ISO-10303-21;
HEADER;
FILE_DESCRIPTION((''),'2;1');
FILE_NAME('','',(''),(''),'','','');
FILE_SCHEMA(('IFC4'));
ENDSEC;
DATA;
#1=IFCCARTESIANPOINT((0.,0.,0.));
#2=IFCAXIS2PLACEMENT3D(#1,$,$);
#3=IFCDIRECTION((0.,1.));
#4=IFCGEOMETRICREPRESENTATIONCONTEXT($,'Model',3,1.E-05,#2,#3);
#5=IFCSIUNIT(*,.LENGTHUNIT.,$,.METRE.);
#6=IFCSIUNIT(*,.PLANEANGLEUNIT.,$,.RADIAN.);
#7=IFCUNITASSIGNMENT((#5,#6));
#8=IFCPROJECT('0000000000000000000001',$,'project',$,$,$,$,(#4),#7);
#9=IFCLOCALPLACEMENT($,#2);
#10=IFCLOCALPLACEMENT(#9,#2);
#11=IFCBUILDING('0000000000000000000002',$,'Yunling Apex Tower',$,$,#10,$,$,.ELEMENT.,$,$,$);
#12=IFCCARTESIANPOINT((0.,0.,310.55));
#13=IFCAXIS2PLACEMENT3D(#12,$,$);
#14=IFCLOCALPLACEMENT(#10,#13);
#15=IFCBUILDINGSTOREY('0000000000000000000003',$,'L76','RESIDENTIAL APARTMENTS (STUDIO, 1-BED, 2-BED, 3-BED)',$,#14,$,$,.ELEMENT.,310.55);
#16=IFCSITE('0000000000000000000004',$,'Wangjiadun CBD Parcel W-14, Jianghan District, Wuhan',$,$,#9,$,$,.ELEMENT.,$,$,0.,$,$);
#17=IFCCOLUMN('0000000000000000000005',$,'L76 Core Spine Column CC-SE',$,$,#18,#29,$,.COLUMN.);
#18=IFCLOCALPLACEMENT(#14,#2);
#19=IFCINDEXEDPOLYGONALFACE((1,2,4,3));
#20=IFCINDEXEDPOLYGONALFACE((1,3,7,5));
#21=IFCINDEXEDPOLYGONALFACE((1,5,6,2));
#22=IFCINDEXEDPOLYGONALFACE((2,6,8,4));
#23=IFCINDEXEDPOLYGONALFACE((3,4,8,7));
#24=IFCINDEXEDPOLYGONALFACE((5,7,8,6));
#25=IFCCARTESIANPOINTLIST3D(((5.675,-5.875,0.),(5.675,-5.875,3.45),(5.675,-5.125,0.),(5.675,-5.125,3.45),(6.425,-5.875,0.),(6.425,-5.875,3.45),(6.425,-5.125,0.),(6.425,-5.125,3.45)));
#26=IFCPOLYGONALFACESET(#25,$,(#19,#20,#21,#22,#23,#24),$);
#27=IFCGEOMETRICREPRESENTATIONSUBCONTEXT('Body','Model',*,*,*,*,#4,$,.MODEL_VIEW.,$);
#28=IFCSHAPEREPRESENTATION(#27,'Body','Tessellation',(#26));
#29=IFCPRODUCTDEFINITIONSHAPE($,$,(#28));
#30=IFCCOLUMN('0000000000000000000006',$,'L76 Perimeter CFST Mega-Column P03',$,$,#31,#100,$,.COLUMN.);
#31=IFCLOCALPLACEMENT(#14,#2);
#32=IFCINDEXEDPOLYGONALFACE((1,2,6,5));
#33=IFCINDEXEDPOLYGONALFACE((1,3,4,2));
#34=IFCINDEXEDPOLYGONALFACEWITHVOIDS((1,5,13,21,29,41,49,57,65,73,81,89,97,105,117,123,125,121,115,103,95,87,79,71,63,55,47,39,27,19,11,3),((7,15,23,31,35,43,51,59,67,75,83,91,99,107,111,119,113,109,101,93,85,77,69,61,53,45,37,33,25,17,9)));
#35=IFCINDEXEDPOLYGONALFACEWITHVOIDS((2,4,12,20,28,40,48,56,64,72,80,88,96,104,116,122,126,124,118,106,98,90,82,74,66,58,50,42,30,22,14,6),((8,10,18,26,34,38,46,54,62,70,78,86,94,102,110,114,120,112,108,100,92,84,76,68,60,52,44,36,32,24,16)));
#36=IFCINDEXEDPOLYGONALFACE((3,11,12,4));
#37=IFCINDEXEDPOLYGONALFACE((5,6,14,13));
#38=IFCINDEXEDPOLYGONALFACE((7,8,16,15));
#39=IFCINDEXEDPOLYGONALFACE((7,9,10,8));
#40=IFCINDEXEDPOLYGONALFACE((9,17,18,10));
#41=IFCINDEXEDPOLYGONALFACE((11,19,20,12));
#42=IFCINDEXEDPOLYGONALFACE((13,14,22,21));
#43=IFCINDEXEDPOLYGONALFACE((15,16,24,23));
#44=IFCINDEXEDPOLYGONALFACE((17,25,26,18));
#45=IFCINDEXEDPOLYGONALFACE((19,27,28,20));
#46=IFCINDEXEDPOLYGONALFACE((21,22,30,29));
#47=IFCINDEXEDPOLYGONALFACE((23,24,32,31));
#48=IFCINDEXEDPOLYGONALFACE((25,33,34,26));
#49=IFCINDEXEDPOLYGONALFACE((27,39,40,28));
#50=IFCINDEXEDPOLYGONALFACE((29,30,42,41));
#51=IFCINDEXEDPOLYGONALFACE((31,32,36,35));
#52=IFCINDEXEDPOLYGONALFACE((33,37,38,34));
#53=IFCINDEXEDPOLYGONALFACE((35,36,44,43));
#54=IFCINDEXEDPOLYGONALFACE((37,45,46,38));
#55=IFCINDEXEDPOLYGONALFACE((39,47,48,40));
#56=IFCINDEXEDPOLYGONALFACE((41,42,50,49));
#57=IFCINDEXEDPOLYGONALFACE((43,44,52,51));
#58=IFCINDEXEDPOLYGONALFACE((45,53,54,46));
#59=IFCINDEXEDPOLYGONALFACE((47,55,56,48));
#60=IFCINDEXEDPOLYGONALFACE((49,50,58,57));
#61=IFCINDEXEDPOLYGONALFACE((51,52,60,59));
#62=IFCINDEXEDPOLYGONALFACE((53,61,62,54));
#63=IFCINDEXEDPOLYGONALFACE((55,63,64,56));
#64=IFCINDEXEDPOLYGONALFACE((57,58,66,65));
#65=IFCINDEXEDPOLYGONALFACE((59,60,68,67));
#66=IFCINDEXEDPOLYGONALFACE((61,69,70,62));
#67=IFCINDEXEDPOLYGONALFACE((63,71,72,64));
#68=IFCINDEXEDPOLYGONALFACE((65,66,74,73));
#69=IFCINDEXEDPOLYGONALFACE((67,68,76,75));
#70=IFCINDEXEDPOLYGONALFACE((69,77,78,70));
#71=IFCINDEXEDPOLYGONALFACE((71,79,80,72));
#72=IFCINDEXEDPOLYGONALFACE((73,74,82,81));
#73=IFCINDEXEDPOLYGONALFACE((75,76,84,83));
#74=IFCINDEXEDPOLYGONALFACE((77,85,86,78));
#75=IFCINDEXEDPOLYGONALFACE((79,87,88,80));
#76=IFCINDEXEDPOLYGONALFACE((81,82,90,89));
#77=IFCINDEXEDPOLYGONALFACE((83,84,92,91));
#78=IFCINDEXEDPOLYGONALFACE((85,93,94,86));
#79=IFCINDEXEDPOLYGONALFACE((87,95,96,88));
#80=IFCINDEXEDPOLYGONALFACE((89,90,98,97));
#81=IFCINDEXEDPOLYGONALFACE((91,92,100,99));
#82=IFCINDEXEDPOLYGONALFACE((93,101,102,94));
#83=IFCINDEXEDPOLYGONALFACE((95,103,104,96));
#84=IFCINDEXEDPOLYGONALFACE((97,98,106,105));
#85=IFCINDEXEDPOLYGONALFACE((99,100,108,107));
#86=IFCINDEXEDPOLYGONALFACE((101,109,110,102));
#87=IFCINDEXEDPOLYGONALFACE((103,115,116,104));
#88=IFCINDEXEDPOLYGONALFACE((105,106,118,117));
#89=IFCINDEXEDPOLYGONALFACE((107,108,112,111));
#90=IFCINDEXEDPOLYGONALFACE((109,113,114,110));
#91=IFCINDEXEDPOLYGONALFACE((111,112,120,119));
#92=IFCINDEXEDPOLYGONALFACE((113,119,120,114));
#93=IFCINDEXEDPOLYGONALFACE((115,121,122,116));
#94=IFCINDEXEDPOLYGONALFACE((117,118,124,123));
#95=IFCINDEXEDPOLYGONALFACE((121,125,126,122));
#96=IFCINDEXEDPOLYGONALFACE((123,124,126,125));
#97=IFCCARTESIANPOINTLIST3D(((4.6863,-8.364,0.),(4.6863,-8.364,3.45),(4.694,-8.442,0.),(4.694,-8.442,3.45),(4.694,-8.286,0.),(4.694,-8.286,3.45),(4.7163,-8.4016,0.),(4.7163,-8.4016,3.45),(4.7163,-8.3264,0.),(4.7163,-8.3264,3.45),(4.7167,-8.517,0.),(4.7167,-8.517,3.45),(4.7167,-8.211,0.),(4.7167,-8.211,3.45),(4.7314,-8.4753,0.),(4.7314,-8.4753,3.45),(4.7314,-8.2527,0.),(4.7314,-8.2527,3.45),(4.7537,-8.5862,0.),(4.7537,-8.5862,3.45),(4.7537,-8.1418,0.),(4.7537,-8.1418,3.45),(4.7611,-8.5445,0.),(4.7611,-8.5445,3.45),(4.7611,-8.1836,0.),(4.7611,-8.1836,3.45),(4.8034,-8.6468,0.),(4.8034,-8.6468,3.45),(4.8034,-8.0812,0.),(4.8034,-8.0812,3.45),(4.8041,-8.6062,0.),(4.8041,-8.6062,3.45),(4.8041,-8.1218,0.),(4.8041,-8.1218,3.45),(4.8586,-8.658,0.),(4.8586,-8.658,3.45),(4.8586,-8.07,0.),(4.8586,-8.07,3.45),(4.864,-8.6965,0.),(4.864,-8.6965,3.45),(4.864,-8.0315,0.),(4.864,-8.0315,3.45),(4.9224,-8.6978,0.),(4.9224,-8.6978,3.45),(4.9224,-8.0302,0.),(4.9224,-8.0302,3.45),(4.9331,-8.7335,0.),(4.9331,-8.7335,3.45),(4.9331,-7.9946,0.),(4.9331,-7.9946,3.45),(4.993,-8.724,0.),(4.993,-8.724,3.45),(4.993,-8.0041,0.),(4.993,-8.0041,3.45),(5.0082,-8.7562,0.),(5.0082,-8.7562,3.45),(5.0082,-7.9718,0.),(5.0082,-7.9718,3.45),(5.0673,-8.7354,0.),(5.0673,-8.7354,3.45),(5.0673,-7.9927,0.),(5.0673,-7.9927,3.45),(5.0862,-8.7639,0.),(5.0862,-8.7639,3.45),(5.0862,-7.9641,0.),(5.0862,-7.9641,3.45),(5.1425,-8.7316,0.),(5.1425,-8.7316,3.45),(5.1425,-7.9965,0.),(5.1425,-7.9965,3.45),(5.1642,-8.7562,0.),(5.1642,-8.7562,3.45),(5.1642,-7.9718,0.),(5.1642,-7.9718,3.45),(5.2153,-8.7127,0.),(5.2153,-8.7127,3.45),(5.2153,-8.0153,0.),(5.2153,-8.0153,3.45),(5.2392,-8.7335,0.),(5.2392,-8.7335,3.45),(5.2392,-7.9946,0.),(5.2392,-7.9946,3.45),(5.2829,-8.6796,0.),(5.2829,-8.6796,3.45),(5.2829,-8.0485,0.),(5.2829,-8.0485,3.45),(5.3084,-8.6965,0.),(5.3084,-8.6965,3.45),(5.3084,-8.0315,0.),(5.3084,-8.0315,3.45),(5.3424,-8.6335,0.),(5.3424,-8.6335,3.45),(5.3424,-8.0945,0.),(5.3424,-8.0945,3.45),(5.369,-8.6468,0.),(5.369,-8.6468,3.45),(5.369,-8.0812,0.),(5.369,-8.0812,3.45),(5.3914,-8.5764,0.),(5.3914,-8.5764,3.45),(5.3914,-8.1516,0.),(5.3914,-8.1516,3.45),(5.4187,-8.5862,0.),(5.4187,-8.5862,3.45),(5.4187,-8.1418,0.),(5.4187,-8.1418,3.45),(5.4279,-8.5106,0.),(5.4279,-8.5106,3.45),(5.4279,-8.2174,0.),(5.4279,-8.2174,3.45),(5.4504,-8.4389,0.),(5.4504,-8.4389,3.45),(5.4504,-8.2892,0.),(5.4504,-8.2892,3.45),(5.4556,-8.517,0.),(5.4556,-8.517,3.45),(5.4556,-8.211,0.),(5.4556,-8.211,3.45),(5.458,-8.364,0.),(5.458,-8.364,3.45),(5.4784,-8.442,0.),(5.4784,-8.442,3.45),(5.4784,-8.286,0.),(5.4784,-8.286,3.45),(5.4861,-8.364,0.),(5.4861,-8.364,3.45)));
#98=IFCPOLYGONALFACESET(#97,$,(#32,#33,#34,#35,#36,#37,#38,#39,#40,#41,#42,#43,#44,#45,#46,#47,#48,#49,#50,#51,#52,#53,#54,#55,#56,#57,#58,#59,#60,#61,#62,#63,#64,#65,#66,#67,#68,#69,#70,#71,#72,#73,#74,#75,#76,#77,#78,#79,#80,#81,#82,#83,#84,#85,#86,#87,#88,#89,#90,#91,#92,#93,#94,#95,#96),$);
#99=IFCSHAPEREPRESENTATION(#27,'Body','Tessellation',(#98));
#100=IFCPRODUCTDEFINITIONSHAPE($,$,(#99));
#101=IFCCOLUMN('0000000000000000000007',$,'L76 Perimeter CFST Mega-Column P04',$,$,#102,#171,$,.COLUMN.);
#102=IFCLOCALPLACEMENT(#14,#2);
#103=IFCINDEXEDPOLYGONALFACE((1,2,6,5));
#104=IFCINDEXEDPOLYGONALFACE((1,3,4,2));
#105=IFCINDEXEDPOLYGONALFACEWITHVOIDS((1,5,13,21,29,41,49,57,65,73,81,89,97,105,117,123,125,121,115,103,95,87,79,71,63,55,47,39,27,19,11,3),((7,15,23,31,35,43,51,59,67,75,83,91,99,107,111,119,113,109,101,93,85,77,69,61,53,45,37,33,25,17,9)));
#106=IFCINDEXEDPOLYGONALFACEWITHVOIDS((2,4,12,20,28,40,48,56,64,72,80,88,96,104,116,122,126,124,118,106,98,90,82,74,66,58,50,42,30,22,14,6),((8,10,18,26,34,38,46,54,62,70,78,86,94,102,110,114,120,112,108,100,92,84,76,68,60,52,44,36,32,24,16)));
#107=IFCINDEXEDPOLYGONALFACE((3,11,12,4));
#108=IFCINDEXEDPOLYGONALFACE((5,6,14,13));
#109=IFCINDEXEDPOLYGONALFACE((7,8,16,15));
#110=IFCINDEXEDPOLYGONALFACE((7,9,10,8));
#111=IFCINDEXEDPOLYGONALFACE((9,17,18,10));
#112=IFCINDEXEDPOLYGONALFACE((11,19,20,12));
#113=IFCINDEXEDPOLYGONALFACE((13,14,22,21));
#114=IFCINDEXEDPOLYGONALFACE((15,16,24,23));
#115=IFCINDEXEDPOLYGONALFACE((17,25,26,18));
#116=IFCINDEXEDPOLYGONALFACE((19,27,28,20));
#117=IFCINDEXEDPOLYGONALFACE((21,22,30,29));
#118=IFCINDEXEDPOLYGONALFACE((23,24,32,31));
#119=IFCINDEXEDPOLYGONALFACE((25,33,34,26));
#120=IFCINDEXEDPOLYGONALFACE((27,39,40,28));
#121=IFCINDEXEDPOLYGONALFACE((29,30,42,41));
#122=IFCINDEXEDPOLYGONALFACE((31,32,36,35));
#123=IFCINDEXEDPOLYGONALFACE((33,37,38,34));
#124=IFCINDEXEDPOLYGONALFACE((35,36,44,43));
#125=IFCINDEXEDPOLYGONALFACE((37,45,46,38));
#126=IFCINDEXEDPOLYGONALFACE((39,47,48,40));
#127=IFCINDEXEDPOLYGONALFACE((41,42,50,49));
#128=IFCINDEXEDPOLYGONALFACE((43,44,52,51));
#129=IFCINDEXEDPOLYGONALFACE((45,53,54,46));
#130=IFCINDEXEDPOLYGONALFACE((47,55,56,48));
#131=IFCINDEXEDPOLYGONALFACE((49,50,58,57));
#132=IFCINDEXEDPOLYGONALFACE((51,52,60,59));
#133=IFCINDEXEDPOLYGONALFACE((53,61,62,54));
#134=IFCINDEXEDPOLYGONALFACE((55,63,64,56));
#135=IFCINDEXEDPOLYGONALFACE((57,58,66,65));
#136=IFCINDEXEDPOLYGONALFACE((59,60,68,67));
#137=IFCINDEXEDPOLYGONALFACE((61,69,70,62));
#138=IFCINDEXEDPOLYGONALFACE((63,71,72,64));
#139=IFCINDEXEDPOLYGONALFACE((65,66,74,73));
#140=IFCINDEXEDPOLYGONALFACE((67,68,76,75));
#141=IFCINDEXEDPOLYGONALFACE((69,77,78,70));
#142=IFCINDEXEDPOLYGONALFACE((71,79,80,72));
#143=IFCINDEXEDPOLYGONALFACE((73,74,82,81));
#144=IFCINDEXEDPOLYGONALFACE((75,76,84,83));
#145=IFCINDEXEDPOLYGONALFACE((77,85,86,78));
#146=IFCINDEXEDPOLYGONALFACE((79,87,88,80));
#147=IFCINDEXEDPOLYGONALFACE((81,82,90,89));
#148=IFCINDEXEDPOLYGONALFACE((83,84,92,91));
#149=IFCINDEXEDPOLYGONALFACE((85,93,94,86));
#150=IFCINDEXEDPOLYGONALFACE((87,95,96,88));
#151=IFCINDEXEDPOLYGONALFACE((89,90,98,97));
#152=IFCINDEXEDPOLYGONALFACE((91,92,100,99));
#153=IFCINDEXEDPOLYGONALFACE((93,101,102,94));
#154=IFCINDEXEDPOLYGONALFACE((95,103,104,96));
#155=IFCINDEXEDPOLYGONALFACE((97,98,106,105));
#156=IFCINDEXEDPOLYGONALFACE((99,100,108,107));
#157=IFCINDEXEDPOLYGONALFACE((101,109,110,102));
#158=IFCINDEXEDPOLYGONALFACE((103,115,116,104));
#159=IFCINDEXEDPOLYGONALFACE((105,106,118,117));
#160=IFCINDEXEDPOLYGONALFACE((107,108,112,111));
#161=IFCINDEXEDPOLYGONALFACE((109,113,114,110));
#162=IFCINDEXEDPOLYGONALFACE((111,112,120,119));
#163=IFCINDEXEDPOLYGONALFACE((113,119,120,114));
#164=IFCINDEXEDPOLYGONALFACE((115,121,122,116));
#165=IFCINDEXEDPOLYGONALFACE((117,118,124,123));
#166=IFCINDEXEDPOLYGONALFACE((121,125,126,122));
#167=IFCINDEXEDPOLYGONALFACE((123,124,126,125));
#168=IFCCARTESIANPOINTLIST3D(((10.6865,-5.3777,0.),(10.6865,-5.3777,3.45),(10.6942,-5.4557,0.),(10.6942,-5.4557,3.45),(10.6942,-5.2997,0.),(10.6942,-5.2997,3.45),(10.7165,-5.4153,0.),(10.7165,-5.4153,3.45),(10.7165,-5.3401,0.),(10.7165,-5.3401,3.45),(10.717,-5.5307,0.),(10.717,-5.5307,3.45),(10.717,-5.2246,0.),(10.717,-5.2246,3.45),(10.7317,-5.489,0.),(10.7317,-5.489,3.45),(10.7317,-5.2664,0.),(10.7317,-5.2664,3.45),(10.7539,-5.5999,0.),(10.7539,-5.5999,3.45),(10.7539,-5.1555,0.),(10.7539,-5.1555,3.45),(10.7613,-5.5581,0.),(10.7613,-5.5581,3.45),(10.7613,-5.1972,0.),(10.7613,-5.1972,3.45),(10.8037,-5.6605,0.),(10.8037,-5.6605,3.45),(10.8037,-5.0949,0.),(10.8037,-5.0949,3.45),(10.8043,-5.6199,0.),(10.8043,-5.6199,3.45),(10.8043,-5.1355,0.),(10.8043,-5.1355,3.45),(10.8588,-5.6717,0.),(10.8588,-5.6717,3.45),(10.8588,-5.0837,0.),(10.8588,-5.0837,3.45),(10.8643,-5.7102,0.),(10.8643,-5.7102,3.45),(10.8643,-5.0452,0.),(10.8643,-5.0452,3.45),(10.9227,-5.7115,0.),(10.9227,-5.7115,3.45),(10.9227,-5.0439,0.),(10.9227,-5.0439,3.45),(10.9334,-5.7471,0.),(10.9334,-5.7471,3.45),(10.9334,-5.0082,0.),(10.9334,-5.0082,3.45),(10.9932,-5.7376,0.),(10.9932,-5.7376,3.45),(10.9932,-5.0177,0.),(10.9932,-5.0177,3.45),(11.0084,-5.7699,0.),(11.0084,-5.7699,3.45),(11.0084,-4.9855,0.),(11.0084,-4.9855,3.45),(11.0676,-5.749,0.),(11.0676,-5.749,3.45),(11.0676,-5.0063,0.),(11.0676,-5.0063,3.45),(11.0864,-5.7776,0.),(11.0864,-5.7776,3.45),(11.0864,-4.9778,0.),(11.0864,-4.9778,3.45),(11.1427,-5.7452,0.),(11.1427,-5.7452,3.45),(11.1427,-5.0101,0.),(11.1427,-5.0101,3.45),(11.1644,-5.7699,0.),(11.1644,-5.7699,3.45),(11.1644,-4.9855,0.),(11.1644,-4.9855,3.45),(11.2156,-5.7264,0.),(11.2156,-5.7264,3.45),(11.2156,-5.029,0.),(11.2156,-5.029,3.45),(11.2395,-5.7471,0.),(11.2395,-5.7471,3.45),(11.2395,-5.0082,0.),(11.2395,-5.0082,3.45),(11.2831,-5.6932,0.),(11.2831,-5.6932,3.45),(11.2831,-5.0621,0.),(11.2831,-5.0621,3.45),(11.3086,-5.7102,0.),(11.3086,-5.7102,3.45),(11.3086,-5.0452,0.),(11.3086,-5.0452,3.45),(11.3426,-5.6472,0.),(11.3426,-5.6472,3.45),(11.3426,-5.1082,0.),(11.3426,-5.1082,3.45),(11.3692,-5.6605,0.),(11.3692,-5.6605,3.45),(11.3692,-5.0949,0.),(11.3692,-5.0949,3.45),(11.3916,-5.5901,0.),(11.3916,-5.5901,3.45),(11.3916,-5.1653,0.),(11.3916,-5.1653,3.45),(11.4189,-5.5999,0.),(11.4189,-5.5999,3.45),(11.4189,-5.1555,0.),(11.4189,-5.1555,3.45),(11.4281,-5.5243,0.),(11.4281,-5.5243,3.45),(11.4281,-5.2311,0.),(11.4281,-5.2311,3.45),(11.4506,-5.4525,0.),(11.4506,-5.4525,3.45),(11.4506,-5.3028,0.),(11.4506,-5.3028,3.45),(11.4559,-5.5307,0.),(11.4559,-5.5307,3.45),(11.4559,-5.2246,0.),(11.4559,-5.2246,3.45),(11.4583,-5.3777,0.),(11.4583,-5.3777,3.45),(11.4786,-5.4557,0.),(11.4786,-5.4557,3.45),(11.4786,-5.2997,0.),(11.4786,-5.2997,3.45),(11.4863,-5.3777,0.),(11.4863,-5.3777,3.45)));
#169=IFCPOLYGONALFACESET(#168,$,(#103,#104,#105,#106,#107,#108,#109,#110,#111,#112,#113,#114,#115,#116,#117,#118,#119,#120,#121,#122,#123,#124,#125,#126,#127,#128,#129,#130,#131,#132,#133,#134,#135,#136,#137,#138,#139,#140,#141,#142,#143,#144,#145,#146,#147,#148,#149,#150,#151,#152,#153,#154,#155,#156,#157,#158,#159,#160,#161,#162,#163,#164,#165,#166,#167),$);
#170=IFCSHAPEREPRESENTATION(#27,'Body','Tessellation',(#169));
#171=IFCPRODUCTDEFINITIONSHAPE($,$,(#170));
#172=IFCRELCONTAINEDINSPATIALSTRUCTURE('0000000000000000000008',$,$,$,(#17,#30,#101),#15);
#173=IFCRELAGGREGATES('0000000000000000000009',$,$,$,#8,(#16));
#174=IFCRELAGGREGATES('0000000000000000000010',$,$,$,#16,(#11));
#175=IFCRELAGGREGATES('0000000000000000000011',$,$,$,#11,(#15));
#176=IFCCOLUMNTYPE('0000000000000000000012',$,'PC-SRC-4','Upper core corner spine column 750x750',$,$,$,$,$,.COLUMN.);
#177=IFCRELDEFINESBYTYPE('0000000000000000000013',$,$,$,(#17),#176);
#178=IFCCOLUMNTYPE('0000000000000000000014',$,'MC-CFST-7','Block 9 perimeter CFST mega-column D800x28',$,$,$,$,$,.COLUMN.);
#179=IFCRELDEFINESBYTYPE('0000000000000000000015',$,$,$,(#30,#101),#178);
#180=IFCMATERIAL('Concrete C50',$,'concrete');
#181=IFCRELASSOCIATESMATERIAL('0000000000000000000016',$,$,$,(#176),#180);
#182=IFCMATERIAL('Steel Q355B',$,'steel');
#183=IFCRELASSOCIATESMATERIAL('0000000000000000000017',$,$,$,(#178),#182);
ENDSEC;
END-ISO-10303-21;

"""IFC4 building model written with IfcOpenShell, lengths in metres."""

from ifc_helpers import new_model, si_unit, direction, frame, origin, origin_2d, place, context, subcontext, project, spatial, rectangle, hollow_circle, extrude, source, transform, mapped, material, material_profile, profile_set, type_object, element, save


model = new_model("IFC4")

# Units and contexts
model_context = context("Model", 3, precision=1e-05, world=origin(), true_north=direction((0.0, 1.0)))
body_context = subcontext(model_context, "Body", "Model", "MODEL_VIEW")
ifc_project = project(units=[si_unit("LENGTHUNIT", "METRE"), si_unit("PLANEANGLEUNIT", "RADIAN")], contexts=[model_context])

# Site, building, storey
site_placement = place(None, origin())
site = spatial("IfcSite", under=ifc_project, at=site_placement, Name="Wangjiadun CBD Parcel W-14, Jianghan District, Wuhan", CompositionType="ELEMENT", RefElevation=0.0)
building_placement = place(site_placement, origin())
building = spatial("IfcBuilding", under=site, at=building_placement, Name="Yunling Apex Tower", CompositionType="ELEMENT")
storey_placement = place(building_placement, frame((0.0, 0.0, 310.55)))
storey = spatial("IfcBuildingStorey", under=building, at=storey_placement, Name="L76", Description="RESIDENTIAL APARTMENTS (STUDIO, 1-BED, 2-BED, 3-BED)", CompositionType="ELEMENT", Elevation=310.55)

# Columns
ifc_material_1 = material(Name="Concrete C50", Category="concrete")
ifc_material_profile_1 = material_profile(ifc_material_1, rectangle(XDim=0.75, YDim=0.75, at=origin_2d()))
ifc_profile_set_1 = profile_set([ifc_material_profile_1], Name="Concrete C50")
column_type_1 = type_object("IfcColumnType", Name="PC-SRC-4", Description="Upper core corner spine column 750x750", PredefinedType="COLUMN", material=ifc_profile_set_1)
shared_shape_1 = source(origin(), body_context, "Body", "SweptSolid", [
    extrude(rectangle(XDim=0.75, YDim=0.75, at=origin_2d()), origin(), (0.0, 0.0, 1.0), 3.45),
])
column_placement = place(storey_placement, frame((6.05, -5.5, 0.0), z_axis=(0.0, 0.0, 1.0), x_axis=(1.0, 0.0, 0.0)))
element("IfcColumn", 1, at=column_placement, inside=storey, type_object=column_type_1, Name="L76 Core Spine Column CC-SE", PredefinedType="COLUMN", context=body_context, shape_type="MappedRepresentation", body=[
    mapped(shared_shape_1, transform((0.0, 0.0, 0.0), scale=1.0)),
])
ifc_material_2 = material(Name="Steel Q355B", Category="steel")
ifc_material_profile_2 = material_profile(ifc_material_2, hollow_circle(Radius=0.3999, WallThickness=0.0281, at=origin_2d()))
ifc_profile_set_2 = profile_set([ifc_material_profile_2], Name="Steel Q355B")
column_type_2 = type_object("IfcColumnType", Name="MC-CFST-7", Description="Block 9 perimeter CFST mega-column D800x28", PredefinedType="COLUMN", material=ifc_profile_set_2)
shared_shape_2 = source(origin(), body_context, "Body", "SweptSolid", [
    extrude(hollow_circle(Radius=0.3999, WallThickness=0.0281, at=origin_2d()), origin(), (0.0, 0.0, 1.0), 3.45),
])
for number, where, z_axis, x_axis, name in (
    (2, (5.0862, -8.364, 0.0), (0.0, 0.0, 1.0), (1.0, 0.0, 0.0), "L76 Perimeter CFST Mega-Column P03"),
    (3, (11.0864, -5.3777, 0.0), (0.0, 0.0, 1.0), (1.0, 0.0, 0.0), "L76 Perimeter CFST Mega-Column P04"),
):
    element("IfcColumn", number, at=place(storey_placement, frame(where, z_axis=z_axis, x_axis=x_axis)), inside=storey, type_object=column_type_2, Name=name, PredefinedType="COLUMN", context=body_context, shape_type="MappedRepresentation", body=[
        mapped(shared_shape_2, transform((0.0, 0.0, 0.0), scale=1.0)),
    ])

save(model, "model.ifc")
